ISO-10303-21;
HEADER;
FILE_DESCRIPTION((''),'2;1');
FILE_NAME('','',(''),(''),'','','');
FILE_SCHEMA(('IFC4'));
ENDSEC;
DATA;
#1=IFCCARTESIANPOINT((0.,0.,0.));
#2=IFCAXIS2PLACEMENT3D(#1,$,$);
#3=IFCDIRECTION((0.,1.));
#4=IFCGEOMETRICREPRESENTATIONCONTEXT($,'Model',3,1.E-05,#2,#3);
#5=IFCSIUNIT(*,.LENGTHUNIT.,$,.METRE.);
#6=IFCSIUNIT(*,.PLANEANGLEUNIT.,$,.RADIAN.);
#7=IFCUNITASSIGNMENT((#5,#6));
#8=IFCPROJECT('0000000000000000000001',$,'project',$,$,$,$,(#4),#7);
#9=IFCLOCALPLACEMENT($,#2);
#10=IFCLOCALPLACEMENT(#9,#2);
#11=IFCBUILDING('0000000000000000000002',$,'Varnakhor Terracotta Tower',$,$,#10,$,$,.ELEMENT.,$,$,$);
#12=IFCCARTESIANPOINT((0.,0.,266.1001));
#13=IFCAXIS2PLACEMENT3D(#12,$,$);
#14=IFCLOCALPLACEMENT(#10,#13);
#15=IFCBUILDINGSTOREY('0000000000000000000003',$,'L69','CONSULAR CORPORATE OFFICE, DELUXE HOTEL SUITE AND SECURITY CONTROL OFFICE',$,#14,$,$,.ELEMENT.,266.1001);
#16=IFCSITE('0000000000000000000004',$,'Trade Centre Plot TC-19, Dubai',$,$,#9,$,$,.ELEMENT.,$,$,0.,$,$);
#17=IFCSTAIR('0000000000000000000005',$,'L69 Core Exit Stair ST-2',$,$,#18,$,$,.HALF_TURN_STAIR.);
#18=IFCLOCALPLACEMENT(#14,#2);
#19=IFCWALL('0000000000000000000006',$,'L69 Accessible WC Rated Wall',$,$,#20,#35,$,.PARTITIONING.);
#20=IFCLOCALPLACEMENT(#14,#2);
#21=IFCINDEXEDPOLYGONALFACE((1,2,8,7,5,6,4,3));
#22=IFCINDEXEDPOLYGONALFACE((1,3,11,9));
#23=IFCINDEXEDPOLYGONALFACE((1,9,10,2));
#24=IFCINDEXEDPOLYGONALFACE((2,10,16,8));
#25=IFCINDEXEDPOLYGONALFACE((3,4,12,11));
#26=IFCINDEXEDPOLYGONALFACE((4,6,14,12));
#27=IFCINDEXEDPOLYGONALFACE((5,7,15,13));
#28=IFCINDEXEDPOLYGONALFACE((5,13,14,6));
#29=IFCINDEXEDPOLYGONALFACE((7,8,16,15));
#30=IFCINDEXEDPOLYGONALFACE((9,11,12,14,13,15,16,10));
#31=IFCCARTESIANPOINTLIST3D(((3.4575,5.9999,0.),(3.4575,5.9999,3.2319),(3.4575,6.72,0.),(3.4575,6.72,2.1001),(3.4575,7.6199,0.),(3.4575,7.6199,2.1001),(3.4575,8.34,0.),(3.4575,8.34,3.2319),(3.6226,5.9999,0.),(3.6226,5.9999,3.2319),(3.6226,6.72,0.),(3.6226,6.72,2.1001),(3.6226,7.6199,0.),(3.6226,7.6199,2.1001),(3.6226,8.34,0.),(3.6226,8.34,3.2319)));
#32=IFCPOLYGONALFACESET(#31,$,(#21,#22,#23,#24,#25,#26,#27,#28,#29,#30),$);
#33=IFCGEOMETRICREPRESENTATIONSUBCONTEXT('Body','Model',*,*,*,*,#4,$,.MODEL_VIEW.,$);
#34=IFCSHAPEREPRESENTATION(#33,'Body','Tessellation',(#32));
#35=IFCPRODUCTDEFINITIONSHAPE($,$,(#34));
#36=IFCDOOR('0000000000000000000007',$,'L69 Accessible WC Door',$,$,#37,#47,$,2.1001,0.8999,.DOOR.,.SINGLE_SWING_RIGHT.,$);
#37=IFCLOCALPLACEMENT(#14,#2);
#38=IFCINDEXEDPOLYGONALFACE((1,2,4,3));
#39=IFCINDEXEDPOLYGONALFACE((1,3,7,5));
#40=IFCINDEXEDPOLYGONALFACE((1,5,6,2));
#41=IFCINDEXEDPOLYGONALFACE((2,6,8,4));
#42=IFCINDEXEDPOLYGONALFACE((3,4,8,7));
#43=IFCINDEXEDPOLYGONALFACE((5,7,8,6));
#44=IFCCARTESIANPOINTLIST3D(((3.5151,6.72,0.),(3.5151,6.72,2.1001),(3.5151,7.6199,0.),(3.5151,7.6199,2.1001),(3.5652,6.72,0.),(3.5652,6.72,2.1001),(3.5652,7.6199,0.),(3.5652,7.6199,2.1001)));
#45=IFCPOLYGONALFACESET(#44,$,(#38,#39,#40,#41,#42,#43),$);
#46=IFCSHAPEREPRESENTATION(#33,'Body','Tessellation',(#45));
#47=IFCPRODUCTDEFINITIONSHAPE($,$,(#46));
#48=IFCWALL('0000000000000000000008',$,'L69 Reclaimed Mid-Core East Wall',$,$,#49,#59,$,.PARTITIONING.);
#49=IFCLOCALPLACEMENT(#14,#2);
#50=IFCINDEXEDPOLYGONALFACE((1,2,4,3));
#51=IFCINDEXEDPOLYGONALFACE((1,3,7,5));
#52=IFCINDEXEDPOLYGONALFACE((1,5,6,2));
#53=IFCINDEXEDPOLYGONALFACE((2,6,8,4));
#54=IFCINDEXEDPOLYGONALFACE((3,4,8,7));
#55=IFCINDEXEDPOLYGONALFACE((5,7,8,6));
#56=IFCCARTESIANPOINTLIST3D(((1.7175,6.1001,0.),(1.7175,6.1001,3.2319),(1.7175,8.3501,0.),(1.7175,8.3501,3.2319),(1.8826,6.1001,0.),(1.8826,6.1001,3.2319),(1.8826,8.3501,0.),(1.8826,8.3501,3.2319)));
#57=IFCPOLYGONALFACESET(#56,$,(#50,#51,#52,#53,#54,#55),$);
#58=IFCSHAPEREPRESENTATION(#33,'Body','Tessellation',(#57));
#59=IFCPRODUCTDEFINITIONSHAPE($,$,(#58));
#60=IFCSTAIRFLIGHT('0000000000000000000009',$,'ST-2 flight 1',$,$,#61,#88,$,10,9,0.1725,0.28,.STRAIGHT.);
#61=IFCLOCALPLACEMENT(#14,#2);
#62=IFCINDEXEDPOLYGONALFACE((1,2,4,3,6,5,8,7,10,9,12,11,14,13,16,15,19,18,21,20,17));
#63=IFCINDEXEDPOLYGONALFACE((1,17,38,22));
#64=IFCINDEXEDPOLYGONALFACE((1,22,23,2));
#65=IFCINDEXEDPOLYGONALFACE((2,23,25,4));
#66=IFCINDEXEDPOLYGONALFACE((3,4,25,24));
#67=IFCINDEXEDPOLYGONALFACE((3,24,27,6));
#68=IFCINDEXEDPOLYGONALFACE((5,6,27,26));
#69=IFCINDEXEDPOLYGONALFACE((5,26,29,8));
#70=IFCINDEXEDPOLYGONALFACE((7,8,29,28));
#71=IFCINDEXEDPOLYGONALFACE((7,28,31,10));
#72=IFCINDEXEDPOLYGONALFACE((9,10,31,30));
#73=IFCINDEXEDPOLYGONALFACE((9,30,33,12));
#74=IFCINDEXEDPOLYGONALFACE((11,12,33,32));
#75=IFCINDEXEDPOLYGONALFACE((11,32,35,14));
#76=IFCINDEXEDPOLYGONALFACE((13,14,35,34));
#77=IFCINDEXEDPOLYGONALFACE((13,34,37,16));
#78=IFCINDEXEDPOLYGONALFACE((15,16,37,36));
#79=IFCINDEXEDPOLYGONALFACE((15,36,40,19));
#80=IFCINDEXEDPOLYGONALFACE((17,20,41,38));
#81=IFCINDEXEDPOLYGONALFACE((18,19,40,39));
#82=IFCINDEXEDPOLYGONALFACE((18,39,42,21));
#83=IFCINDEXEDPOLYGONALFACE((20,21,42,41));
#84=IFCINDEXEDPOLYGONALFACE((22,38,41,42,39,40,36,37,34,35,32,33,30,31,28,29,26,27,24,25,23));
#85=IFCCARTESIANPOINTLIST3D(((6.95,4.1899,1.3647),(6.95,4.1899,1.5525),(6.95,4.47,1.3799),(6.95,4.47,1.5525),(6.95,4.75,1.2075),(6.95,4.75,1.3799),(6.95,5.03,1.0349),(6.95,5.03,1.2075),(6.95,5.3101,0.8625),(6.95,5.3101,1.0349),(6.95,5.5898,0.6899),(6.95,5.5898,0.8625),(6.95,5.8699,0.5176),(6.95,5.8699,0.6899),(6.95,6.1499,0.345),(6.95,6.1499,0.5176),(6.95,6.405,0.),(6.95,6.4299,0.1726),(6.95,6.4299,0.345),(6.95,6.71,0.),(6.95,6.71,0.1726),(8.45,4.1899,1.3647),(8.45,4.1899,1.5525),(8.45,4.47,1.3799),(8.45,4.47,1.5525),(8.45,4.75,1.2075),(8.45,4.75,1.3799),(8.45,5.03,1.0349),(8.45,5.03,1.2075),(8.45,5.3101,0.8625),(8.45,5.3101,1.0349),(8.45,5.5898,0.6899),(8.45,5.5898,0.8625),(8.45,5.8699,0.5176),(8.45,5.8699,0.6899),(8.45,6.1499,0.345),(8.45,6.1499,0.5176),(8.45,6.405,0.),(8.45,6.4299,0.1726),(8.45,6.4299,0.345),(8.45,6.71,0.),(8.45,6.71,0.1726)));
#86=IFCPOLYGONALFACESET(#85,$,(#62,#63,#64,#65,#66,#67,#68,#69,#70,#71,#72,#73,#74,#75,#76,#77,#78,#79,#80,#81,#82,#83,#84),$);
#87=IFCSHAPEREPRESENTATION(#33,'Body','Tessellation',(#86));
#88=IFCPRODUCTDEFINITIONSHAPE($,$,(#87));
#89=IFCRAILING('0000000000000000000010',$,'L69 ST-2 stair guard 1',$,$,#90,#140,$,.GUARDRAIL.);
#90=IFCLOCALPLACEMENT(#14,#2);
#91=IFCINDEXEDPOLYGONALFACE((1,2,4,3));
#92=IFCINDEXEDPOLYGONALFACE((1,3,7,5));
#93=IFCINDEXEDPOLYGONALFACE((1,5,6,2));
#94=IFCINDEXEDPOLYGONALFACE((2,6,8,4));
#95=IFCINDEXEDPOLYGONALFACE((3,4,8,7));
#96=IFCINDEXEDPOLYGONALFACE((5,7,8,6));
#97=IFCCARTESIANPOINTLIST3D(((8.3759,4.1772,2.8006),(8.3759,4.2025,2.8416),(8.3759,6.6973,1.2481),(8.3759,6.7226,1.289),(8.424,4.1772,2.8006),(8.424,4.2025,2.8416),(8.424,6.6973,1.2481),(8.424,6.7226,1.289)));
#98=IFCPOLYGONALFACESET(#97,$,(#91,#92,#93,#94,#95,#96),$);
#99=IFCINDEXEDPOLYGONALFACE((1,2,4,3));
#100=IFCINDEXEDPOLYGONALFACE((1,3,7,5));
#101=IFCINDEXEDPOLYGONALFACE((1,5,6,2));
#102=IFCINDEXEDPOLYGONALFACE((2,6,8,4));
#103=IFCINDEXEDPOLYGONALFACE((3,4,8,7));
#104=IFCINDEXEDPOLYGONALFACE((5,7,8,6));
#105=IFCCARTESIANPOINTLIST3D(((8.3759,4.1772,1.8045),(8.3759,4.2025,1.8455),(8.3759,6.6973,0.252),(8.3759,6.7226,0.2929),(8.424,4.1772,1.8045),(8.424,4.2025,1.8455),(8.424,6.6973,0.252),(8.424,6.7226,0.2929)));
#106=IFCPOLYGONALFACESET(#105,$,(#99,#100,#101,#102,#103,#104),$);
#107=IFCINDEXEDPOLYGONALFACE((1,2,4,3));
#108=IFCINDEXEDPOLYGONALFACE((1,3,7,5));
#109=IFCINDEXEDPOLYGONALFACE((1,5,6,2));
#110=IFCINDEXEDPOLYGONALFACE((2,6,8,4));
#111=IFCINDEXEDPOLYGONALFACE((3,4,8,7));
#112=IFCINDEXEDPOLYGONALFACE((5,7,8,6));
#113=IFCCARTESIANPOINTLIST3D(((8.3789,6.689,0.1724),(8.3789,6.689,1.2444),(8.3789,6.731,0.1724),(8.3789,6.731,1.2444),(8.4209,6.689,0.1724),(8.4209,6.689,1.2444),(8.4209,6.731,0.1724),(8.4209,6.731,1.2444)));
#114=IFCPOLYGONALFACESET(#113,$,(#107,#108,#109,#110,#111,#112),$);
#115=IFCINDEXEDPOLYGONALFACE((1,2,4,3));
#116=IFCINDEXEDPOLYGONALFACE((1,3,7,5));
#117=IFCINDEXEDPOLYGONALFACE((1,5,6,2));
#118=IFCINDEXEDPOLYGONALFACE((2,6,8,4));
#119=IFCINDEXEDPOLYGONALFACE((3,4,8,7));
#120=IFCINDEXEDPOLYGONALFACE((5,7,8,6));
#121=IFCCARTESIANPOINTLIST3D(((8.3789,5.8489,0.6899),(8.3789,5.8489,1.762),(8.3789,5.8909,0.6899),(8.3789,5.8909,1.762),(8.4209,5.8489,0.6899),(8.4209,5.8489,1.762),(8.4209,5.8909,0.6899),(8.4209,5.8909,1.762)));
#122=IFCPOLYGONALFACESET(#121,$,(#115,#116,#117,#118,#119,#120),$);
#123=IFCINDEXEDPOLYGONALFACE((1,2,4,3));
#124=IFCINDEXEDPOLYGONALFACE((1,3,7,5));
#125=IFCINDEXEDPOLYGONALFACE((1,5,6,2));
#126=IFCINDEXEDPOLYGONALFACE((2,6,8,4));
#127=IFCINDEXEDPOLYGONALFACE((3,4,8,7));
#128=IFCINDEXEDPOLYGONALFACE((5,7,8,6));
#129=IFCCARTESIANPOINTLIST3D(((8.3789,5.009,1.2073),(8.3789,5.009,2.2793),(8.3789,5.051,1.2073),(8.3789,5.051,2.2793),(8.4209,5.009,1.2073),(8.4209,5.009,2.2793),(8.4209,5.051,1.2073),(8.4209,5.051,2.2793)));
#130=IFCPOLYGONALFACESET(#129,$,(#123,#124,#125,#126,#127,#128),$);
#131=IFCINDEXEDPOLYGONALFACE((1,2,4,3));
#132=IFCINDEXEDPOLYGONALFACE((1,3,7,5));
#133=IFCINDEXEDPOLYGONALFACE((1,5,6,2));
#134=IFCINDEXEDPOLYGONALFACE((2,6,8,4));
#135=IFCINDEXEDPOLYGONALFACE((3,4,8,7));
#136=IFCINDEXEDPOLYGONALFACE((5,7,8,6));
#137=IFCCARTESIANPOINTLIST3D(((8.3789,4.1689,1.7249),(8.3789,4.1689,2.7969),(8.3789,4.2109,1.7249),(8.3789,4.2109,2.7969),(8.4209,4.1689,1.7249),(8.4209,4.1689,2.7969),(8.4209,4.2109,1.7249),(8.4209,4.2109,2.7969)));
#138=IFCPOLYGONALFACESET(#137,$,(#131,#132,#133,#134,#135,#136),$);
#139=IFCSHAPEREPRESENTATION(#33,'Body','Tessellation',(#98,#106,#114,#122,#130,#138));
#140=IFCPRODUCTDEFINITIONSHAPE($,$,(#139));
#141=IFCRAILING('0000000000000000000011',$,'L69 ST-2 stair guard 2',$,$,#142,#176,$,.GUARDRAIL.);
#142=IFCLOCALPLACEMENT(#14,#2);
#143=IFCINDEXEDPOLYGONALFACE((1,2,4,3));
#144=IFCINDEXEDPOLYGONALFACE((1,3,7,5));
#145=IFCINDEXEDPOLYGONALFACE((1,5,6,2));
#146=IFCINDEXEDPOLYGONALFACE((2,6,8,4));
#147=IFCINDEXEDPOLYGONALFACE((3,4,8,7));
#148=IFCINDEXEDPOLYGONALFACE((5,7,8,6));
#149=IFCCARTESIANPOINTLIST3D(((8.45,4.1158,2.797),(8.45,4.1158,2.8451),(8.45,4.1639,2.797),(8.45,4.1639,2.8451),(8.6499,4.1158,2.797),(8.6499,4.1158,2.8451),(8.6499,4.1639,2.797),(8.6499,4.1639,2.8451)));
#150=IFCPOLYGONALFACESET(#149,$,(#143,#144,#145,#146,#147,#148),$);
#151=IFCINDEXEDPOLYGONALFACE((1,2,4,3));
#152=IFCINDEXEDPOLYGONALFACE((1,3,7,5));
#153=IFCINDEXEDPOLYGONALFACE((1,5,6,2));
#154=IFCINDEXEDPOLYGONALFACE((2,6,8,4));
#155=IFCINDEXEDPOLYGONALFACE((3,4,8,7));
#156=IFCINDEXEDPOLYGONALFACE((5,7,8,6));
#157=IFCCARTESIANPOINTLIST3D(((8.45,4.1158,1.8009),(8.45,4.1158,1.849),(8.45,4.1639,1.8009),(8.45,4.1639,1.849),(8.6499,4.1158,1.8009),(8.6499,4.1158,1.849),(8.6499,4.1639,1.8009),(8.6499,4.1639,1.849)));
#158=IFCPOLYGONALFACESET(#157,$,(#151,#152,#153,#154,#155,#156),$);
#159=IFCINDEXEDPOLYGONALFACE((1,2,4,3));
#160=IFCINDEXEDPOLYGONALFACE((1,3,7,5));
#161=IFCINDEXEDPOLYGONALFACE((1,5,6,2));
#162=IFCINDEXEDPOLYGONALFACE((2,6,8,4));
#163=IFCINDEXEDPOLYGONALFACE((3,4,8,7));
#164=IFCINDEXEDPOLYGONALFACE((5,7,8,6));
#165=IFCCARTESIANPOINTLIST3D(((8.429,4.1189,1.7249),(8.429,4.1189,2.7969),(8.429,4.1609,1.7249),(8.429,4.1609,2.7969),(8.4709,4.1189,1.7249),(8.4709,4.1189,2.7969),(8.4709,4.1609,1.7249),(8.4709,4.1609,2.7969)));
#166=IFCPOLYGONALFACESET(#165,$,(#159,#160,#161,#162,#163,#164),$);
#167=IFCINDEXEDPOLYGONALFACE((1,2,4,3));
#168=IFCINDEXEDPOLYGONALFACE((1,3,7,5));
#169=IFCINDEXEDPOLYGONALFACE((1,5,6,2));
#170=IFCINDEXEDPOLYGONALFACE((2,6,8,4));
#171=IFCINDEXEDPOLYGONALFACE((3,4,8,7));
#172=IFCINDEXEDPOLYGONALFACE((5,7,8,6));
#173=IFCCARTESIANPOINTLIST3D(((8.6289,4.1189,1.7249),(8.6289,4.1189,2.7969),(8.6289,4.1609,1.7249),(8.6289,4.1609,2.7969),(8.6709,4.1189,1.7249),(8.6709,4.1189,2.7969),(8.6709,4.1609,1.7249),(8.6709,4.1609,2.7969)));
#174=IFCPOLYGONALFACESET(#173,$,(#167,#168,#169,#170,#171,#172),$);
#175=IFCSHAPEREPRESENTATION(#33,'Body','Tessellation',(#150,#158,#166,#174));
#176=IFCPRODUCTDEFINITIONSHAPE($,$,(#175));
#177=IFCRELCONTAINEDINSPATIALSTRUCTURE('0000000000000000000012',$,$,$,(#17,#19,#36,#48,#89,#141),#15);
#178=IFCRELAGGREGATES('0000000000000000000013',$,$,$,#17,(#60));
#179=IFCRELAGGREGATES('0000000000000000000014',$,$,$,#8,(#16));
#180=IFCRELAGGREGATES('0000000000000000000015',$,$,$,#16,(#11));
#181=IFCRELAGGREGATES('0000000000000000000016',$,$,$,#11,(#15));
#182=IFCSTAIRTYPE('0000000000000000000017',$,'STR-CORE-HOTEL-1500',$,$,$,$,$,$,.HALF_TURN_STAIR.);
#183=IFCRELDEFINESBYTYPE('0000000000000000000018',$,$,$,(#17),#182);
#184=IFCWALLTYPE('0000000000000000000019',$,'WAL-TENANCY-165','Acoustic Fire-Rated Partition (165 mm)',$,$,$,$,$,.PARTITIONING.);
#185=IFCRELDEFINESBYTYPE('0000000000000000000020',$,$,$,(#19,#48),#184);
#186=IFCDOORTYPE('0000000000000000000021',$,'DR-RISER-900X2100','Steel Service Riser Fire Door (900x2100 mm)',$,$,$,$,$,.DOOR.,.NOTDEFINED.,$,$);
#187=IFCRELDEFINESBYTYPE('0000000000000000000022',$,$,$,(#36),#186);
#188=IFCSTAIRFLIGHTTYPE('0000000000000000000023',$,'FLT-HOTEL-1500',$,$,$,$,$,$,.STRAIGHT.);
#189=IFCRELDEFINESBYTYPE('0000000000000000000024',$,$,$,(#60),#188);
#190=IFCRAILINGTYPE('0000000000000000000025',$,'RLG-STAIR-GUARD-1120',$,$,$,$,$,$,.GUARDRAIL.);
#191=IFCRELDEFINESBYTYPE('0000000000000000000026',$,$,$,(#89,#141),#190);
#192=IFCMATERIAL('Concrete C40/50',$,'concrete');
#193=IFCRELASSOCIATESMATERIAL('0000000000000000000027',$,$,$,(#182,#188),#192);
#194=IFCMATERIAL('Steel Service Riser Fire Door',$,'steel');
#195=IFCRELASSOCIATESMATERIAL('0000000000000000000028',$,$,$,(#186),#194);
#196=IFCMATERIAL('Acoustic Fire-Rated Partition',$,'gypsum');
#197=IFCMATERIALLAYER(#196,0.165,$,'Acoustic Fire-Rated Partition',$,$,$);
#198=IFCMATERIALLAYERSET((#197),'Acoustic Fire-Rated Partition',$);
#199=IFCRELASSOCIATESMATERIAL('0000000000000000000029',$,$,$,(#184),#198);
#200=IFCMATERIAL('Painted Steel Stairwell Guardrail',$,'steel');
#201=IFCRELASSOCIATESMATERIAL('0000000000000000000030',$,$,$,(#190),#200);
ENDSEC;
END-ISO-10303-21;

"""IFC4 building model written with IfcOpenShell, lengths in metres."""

from ifc_helpers import new_model, si_unit, direction, frame, frame_2d, origin, origin_2d, place, context, subcontext, project, spatial, polyline, rectangle, outline, extrude, source, transform, mapped, material, layer, layer_set, type_object, type_shapes, element, fill, aggregate, save


model = new_model("IFC4")

# Units and contexts
model_context = context("Model", 3, precision=1e-05, world=origin(), true_north=direction((0.0, 1.0)))
body_context = subcontext(model_context, "Body", "Model", "MODEL_VIEW")
ifc_project = project(units=[si_unit("LENGTHUNIT", "METRE"), si_unit("PLANEANGLEUNIT", "RADIAN")], contexts=[model_context])

# Site, building, storey
site_placement = place(None, origin())
site = spatial("IfcSite", under=ifc_project, at=site_placement, Name="Trade Centre Plot TC-19, Dubai", CompositionType="ELEMENT", RefElevation=0.0)
building_placement = place(site_placement, origin())
building = spatial("IfcBuilding", under=site, at=building_placement, Name="Varnakhor Terracotta Tower", CompositionType="ELEMENT")
storey_placement = place(building_placement, frame((0.0, 0.0, 266.1001)))
storey = spatial("IfcBuildingStorey", under=building, at=storey_placement, Name="L69", Description="CONSULAR CORPORATE OFFICE, DELUXE HOTEL SUITE AND SECURITY CONTROL OFFICE", CompositionType="ELEMENT", Elevation=266.1001)

# Shared definitions
ifc_material_1 = material(Name="Concrete C40/50", Category="concrete")

# Stair
stair_type = type_object("IfcStairType", Name="STR-CORE-HOTEL-1500", PredefinedType="HALF_TURN_STAIR", material=ifc_material_1)
stair_1_placement = place(storey_placement, origin())
stair_1 = element("IfcStair", 1, at=stair_1_placement, inside=storey, type_object=stair_type, Name="L69 Core Exit Stair ST-2", PredefinedType="HALF_TURN_STAIR")

# Shared definitions
ifc_material_2 = material(Name="Acoustic Fire-Rated Partition", Category="gypsum")

# Wall, opening, door
ifc_material_3 = material(Name="Steel Service Riser Fire Door", Category="steel")
door_type_1 = type_object("IfcDoorType", Name="DR-RISER-900X2100", Description="Steel Service Riser Fire Door (900x2100 mm)", OperationType="NOTDEFINED", PredefinedType="DOOR", material=ifc_material_3)
shared_shape_1 = source(origin(), body_context, "Body", "SweptSolid", [
    extrude(rectangle(XDim=0.8999, YDim=2.1001, at=frame_2d((0.45, 1.05))), frame((0.0, 0.0249, 0.0), z_axis=(0.0, -1.0, 0.0), x_axis=(1.0, 0.0, 0.0)), (0.0, 0.0, 1.0), 0.05),
])
type_shapes(door_type_1, [shared_shape_1])
ifc_layer_1 = layer(ifc_material_2, 0.165, Name="Acoustic Fire-Rated Partition")
ifc_layer_set_1 = layer_set([ifc_layer_1], Name="Acoustic Fire-Rated Partition")
wall_type_1 = type_object("IfcWallType", Name="WAL-TENANCY-165", Description="Acoustic Fire-Rated Partition (165 mm)", PredefinedType="PARTITIONING", material=ifc_layer_set_1)
wall_1_placement = place(storey_placement, frame((3.54, 6.0, 0.0), z_axis=(0.0, 0.0, 1.0), x_axis=(0.0, 1.0, 0.0)))
wall_1 = element("IfcWall", 2, at=wall_1_placement, inside=storey, type_object=wall_type_1, Name="L69 Accessible WC Rated Wall", PredefinedType="PARTITIONING", context=body_context, shape_type="SweptSolid", body=[
    extrude(rectangle(XDim=2.3401, YDim=0.165, at=frame_2d((1.1699, 0.0))), origin(), (0.0, 0.0, 1.0), 3.2319),
])
opening_1_placement = place(wall_1_placement, frame((0.72, 0.0, 0.0)))
opening_1 = element("IfcOpeningElement", 3, at=opening_1_placement, cuts=wall_1, PredefinedType="OPENING", context=body_context, shape_type="SweptSolid", body=[
    extrude(rectangle(XDim=0.8999, YDim=2.1001, at=frame_2d((0.45, 1.05))), frame((0.0, 0.0925, 0.0), z_axis=(0.0, -1.0, 0.0), x_axis=(1.0, 0.0, 0.0)), (0.0, 0.0, 1.0), 0.1851),
])
door_1_placement = place(opening_1_placement, origin())
door_1 = element("IfcDoor", 4, at=door_1_placement, inside=storey, type_object=door_type_1, Name="L69 Accessible WC Door", OperationType="SINGLE_SWING_RIGHT", OverallHeight=2.1001, OverallWidth=0.8999, PredefinedType="DOOR", context=body_context, shape_type="MappedRepresentation", body=[
    mapped(shared_shape_1, transform((0.0, 0.0, 0.0), scale=1.0)),
])
fill(opening_1, door_1)

# Wall
wall_2_placement = place(storey_placement, frame((1.8, 6.1001, 0.0), z_axis=(0.0, 0.0, 1.0), x_axis=(0.0, 1.0, 0.0)))
element("IfcWall", 5, at=wall_2_placement, inside=storey, type_object=wall_type_1, Name="L69 Reclaimed Mid-Core East Wall", PredefinedType="PARTITIONING", context=body_context, shape_type="SweptSolid", body=[
    extrude(rectangle(XDim=2.25, YDim=0.165, at=frame_2d((1.125, 0.0))), origin(), (0.0, 0.0, 1.0), 3.2319),
])

# Stair flight
stair_flight_type = type_object("IfcStairFlightType", Name="FLT-HOTEL-1500", PredefinedType="STRAIGHT", material=ifc_material_1)
stair_flight_placement = place(storey_placement, frame((7.7, 6.71, 0.0), z_axis=(0.0, 0.0, 1.0), x_axis=(0.0, -1.0, 0.0)))
stair_flight = element("IfcStairFlight", 6, at=stair_flight_placement, type_object=stair_flight_type, Name="ST-2 flight 1", NumberOfRisers=10, NumberOfTreads=9, PredefinedType="STRAIGHT", RiserHeight=0.1725, TreadLength=0.28, context=body_context, shape_type="SweptSolid", body=[
    extrude(outline(polyline([(0.0, 0.0), (0.0, 0.1726), (0.28, 0.1726), (0.28, 0.345), (0.5601, 0.345), (0.5601, 0.5176), (0.8401, 0.5176), (0.8401, 0.6899), (1.1201, 0.6899), (1.1201, 0.8625), (1.3999, 0.8625), (1.3999, 1.0349), (1.6799, 1.0349), (1.6799, 1.2075), (1.96, 1.2075), (1.96, 1.3799), (2.24, 1.3799), (2.24, 1.5525), (2.52, 1.5525), (2.52, 1.7251), (2.52, 1.3647), (0.3049, 0.0), (0.0, 0.0)])), frame((0.0, 0.75, 0.0), z_axis=(0.0, -1.0, 0.0), x_axis=(1.0, 0.0, 0.0)), (0.0, 0.0, 1.0), 1.5),
])
aggregate(stair_1, [stair_flight])

# Railings
ifc_material_4 = material(Name="Painted Steel Stairwell Guardrail", Category="steel")
railing_type_1 = type_object("IfcRailingType", Name="RLG-STAIR-GUARD-1120", PredefinedType="GUARDRAIL", material=ifc_material_4)
railing_1_placement = place(storey_placement, frame((8.3999, 6.71, 0.1724)))
element("IfcRailing", 7, at=railing_1_placement, inside=storey, type_object=railing_type_1, Name="L69 ST-2 stair guard 1", PredefinedType="GUARDRAIL", context=body_context, shape_type="SweptSolid", body=[
    extrude(rectangle(XDim=0.0481, YDim=0.0481, at=origin_2d()), frame((0.0, 0.0, 1.0962), z_axis=(0.0, -0.8514, 0.524516), x_axis=(1.0, 0.0, 0.0)), (0.0, 0.0, 1.0), 2.96),
    extrude(rectangle(XDim=0.0481, YDim=0.0481, at=origin_2d()), frame((0.0, 0.0, 0.1001), z_axis=(0.0, -0.8514, 0.524516), x_axis=(1.0, 0.0, 0.0)), (0.0, 0.0, 1.0), 2.96),
    extrude(rectangle(XDim=0.042, YDim=0.042, at=origin_2d()), origin(), (0.0, 0.0, 1.0), 1.072),
    extrude(rectangle(XDim=0.042, YDim=0.042, at=origin_2d()), frame((0.0, -0.8401, 0.5176)), (0.0, 0.0, 1.0), 1.072),
    extrude(rectangle(XDim=0.042, YDim=0.042, at=origin_2d()), frame((0.0, -1.6799, 1.0349)), (0.0, 0.0, 1.0), 1.072),
    extrude(rectangle(XDim=0.042, YDim=0.042, at=origin_2d()), frame((0.0, -2.52, 1.5525)), (0.0, 0.0, 1.0), 1.072),
])
railing_2_placement = place(storey_placement, frame((8.45, 4.1399, 1.7249)))
element("IfcRailing", 8, at=railing_2_placement, inside=storey, type_object=railing_type_1, Name="L69 ST-2 stair guard 2", PredefinedType="GUARDRAIL", context=body_context, shape_type="SweptSolid", body=[
    extrude(rectangle(XDim=0.0481, YDim=0.0481, at=origin_2d()), frame((0.0, 0.0, 1.0962), z_axis=(1.0, 0.0, 0.0), x_axis=(0.0, 1.0, 0.0)), (0.0, 0.0, 1.0), 0.2),
    extrude(rectangle(XDim=0.0481, YDim=0.0481, at=origin_2d()), frame((0.0, 0.0, 0.1001), z_axis=(1.0, 0.0, 0.0), x_axis=(0.0, 1.0, 0.0)), (0.0, 0.0, 1.0), 0.2),
    extrude(rectangle(XDim=0.042, YDim=0.042, at=origin_2d()), origin(), (0.0, 0.0, 1.0), 1.072),
    extrude(rectangle(XDim=0.042, YDim=0.042, at=origin_2d()), frame((0.2, 0.0, 0.0)), (0.0, 0.0, 1.0), 1.072),
])

save(model, "model.ifc")
